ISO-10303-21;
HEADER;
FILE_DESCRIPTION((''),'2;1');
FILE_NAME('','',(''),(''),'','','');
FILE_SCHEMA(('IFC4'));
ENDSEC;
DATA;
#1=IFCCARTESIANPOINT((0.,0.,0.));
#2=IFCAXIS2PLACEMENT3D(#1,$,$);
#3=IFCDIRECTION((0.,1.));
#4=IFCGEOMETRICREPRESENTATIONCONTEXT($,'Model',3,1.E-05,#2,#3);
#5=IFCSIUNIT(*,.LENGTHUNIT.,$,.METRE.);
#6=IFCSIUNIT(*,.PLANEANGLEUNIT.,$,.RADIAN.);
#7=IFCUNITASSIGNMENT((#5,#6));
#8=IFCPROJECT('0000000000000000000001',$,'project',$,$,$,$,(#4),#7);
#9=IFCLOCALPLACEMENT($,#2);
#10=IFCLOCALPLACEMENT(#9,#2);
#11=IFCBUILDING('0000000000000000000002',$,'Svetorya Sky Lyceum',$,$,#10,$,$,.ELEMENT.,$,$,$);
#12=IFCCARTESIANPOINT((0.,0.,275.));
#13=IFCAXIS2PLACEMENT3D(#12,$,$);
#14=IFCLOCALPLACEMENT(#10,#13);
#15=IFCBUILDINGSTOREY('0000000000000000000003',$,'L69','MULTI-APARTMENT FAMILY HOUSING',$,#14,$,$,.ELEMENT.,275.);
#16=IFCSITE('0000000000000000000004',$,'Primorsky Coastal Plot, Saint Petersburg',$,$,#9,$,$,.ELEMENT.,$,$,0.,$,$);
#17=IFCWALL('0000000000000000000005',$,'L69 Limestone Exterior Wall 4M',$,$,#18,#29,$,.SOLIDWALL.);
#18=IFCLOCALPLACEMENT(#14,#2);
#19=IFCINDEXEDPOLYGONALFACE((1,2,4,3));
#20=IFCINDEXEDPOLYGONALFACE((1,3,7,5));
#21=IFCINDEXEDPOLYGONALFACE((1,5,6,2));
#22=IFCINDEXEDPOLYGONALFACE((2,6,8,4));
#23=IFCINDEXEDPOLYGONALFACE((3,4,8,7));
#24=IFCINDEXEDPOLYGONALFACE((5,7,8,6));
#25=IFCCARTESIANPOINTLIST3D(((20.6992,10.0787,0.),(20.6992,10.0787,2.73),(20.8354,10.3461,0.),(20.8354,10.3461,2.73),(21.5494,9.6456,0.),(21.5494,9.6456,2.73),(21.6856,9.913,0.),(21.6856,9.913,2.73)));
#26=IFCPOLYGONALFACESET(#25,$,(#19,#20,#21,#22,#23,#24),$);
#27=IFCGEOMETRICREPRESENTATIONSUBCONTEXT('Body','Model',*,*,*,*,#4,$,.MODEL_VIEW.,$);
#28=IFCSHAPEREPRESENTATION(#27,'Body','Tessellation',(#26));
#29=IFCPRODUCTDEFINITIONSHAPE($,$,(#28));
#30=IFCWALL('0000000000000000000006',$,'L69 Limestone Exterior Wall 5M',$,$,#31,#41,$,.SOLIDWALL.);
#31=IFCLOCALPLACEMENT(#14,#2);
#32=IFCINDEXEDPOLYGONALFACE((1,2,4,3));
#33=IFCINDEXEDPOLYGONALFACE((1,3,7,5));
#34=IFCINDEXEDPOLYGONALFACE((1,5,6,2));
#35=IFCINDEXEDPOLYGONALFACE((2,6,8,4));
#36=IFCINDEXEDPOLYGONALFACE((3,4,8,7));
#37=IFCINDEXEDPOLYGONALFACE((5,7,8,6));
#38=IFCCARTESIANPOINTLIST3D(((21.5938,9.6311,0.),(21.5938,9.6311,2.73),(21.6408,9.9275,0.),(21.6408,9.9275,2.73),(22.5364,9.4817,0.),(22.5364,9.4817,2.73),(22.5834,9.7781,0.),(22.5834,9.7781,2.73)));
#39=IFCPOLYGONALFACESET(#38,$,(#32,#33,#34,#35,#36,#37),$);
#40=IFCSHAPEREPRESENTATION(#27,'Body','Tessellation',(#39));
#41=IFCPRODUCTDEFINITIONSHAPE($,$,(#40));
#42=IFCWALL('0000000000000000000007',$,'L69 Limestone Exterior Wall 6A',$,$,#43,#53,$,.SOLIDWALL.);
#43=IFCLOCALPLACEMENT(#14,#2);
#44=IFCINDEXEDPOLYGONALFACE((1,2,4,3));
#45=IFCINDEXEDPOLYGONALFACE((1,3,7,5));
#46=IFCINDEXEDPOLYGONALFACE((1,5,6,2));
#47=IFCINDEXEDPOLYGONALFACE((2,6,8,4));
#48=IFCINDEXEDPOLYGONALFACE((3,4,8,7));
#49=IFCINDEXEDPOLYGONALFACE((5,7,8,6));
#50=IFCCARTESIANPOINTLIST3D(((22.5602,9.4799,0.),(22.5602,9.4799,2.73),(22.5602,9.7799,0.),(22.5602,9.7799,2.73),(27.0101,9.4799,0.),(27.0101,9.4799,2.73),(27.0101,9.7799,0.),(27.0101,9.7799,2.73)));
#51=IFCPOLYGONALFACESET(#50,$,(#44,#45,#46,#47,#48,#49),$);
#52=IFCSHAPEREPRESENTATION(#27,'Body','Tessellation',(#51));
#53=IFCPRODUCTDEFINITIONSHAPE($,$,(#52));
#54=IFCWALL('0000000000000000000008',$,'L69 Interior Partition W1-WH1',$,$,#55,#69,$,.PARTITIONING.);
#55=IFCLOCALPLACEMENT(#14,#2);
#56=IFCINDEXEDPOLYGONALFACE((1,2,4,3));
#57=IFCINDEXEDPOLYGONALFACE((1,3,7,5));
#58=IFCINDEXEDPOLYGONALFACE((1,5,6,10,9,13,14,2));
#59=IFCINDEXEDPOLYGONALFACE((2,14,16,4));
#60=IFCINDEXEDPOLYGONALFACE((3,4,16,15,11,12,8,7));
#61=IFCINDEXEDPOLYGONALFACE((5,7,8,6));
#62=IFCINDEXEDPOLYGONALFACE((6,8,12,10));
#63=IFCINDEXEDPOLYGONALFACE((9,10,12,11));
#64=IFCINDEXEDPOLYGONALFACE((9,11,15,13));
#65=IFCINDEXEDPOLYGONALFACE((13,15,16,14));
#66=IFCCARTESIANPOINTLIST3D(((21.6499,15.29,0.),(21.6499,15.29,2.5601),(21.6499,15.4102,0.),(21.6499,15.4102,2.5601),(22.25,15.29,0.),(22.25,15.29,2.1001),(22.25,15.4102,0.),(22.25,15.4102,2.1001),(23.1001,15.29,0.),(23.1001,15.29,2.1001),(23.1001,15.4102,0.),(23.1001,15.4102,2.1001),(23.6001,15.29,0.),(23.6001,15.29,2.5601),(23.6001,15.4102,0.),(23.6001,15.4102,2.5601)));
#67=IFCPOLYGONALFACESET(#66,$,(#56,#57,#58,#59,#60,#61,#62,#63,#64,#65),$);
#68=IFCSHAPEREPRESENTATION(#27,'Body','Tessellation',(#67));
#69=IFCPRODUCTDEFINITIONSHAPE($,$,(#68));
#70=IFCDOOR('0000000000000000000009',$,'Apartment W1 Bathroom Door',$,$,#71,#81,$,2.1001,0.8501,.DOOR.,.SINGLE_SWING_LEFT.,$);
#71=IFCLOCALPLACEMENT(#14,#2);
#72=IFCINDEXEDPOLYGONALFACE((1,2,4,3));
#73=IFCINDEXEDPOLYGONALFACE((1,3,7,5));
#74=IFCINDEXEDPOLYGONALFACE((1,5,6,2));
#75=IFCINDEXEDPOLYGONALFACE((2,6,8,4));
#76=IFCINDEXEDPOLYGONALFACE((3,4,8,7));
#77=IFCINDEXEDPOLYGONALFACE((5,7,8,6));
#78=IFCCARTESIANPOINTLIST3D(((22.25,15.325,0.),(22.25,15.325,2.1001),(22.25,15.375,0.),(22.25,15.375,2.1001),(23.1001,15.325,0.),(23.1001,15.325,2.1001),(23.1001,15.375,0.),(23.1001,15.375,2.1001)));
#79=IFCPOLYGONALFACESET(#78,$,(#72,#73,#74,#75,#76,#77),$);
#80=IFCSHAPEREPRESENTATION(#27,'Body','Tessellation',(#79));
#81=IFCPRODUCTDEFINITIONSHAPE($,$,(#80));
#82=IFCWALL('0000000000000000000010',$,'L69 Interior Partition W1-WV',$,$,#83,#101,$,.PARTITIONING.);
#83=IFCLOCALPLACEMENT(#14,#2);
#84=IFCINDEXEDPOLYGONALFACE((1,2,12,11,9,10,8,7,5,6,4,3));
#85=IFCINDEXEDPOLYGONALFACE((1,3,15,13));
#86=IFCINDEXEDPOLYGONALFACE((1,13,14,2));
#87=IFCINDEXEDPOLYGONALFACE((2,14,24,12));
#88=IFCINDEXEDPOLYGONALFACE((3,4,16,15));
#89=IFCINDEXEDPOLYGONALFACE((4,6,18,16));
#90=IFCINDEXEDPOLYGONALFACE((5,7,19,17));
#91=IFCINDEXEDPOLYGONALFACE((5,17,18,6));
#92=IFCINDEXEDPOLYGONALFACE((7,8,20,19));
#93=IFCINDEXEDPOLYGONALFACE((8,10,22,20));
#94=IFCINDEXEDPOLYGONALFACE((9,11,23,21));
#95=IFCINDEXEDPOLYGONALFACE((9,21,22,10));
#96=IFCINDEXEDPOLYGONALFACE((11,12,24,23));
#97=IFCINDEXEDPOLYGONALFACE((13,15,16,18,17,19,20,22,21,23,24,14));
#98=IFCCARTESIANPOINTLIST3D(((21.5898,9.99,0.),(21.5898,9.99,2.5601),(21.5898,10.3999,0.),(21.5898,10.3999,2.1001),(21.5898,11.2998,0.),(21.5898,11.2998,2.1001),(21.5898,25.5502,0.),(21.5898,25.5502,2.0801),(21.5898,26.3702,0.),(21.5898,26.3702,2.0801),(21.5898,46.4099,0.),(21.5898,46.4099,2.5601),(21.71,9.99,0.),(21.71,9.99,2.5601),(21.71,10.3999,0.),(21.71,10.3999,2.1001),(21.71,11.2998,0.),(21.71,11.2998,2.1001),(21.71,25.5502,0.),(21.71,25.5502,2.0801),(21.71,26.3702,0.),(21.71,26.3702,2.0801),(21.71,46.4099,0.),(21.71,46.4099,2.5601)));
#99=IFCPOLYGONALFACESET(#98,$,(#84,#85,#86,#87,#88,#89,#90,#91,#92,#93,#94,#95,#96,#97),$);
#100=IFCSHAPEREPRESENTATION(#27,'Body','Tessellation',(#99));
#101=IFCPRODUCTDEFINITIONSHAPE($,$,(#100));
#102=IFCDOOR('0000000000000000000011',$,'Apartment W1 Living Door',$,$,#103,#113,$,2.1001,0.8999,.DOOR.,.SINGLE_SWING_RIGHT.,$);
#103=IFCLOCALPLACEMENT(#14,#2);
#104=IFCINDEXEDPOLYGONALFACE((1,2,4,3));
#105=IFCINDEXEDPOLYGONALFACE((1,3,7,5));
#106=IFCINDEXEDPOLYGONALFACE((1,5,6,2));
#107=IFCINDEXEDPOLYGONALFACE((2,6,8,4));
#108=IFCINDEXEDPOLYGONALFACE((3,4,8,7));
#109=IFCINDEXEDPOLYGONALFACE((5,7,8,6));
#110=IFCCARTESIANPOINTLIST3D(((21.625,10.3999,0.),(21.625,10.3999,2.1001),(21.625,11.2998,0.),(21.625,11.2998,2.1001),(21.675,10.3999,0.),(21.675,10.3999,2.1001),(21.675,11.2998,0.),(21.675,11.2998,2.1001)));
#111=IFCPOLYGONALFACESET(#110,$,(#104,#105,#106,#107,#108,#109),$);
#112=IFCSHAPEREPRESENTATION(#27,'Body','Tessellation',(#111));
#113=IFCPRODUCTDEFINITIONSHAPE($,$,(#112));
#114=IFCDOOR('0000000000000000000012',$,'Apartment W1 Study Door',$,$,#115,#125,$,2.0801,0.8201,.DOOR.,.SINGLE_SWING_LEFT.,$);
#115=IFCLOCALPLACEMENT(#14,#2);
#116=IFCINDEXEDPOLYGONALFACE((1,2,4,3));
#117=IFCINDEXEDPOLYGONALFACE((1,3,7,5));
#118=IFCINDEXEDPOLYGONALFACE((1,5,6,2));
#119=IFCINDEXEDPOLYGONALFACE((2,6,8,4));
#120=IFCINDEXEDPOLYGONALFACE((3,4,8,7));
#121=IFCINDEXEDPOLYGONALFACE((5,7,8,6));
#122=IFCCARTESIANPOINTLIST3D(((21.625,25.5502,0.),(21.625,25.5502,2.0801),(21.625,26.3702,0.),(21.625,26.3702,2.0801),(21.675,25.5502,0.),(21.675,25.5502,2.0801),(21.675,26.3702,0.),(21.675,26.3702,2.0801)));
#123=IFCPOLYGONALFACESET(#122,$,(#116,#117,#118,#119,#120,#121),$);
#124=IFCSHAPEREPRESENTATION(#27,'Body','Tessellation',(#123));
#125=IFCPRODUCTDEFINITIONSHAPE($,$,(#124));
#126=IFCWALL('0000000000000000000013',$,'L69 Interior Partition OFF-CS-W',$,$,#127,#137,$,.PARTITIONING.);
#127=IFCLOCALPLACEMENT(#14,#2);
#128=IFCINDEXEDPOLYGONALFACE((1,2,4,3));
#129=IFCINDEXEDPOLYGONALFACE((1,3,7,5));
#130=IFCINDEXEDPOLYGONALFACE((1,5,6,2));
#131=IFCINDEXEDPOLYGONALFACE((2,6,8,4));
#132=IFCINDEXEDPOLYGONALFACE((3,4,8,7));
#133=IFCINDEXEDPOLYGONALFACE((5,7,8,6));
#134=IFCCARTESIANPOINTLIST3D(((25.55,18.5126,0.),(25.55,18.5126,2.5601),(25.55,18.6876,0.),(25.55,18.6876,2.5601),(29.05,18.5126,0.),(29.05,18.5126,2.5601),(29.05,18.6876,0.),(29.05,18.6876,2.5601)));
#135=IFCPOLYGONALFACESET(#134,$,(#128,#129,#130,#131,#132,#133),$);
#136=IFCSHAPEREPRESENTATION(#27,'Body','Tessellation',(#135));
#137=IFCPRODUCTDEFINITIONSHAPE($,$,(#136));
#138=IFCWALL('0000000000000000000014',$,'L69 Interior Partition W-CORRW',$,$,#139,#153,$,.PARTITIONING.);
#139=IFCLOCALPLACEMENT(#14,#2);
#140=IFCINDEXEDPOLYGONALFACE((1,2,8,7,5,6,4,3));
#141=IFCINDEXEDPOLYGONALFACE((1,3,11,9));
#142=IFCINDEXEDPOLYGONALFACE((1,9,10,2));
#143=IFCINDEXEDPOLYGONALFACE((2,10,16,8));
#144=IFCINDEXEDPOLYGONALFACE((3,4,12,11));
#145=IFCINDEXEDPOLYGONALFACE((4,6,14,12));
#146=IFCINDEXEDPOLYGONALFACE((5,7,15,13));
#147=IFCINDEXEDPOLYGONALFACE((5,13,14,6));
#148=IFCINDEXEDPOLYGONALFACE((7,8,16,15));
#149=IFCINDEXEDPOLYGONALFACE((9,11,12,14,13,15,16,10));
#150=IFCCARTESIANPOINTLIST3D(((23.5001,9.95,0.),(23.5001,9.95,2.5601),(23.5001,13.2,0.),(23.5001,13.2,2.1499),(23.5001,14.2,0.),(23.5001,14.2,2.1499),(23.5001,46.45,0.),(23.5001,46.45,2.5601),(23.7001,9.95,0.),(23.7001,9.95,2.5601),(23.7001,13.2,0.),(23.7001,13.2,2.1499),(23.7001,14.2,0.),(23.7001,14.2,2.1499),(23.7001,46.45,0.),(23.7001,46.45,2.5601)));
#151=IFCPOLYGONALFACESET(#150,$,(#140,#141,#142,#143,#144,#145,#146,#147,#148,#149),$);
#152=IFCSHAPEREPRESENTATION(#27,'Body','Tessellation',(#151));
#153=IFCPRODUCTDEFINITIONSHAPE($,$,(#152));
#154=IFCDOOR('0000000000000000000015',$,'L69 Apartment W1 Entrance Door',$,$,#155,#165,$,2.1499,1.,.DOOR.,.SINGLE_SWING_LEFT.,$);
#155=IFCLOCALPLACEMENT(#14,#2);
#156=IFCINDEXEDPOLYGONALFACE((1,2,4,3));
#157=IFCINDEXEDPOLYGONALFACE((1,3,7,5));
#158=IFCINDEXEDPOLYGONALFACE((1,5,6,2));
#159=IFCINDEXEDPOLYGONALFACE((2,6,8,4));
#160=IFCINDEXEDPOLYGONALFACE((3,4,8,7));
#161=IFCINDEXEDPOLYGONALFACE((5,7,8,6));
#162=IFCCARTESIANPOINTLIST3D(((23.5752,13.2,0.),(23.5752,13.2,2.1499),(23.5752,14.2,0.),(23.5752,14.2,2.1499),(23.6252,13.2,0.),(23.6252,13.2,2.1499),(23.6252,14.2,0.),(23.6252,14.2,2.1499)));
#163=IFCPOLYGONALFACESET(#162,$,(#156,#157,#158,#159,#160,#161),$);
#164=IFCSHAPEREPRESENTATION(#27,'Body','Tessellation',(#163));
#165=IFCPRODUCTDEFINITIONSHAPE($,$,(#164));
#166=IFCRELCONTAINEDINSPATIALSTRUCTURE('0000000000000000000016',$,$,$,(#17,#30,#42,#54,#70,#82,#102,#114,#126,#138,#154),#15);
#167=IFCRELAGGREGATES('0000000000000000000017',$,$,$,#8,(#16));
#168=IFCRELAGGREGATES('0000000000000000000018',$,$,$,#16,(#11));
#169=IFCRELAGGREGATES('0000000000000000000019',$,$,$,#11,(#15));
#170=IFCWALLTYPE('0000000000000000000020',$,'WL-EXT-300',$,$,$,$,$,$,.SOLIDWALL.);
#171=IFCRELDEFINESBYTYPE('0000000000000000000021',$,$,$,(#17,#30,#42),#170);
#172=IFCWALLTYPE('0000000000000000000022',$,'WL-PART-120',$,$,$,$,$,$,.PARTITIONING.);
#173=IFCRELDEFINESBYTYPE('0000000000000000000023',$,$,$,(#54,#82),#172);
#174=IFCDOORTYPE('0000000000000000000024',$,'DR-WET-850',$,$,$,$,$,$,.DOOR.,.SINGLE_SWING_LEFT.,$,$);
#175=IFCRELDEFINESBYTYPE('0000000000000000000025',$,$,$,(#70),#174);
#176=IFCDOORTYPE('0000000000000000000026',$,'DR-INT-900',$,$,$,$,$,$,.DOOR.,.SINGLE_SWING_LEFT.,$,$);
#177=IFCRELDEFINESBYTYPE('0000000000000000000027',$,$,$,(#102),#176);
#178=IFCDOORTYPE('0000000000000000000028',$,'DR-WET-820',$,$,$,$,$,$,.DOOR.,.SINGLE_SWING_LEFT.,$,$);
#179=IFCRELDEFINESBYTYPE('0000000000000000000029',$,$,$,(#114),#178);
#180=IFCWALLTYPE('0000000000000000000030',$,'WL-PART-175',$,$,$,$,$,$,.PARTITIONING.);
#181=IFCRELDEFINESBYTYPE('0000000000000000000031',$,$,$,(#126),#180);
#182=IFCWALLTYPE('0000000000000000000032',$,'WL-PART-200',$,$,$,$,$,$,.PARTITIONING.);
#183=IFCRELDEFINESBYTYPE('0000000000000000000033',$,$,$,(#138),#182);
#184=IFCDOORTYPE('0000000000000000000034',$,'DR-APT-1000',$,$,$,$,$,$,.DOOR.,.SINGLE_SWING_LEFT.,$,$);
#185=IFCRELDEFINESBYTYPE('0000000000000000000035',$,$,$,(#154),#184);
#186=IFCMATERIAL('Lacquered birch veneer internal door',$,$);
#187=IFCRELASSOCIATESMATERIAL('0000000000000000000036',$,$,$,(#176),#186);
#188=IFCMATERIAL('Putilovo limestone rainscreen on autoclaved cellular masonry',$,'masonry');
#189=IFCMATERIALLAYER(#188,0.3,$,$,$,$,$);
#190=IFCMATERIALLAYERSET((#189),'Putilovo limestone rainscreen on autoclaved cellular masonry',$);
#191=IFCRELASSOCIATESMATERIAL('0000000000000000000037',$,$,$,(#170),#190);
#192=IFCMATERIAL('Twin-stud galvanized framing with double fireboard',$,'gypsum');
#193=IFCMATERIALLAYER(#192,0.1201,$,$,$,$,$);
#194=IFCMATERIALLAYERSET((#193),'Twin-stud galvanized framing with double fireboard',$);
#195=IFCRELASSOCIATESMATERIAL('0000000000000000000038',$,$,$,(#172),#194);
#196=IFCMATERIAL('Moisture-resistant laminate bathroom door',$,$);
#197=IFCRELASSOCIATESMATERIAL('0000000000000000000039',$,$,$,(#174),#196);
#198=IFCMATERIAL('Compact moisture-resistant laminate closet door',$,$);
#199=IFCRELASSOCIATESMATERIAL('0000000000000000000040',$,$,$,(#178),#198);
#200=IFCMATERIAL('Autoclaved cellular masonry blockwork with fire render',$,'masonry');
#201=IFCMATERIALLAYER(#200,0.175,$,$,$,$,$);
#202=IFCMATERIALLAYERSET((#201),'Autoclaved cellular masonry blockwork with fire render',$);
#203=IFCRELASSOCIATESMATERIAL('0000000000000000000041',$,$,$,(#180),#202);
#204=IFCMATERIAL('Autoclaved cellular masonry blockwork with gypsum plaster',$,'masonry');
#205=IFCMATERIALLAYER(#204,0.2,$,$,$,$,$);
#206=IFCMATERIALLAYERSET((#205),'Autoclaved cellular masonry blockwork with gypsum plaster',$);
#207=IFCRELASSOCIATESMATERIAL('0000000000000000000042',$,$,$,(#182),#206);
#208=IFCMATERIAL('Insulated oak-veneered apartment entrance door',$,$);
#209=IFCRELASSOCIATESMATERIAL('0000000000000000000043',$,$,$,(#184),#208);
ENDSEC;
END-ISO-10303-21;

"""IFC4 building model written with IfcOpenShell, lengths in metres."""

from ifc_helpers import new_model, si_unit, direction, frame, frame_2d, origin, place, context, subcontext, project, spatial, rectangle, extrude, material, layer, layer_set, type_object, element, fill, save


model = new_model("IFC4")

# Units and contexts
model_context = context("Model", 3, precision=1e-05, world=origin(), true_north=direction((0.0, 1.0)))
body_context = subcontext(model_context, "Body", "Model", "MODEL_VIEW")
ifc_project = project(units=[si_unit("LENGTHUNIT", "METRE"), si_unit("PLANEANGLEUNIT", "RADIAN")], contexts=[model_context])

# Site, building, storey
site_placement = place(None, origin())
site = spatial("IfcSite", under=ifc_project, at=site_placement, Name="Primorsky Coastal Plot, Saint Petersburg", CompositionType="ELEMENT", RefElevation=0.0)
building_placement = place(site_placement, origin())
building = spatial("IfcBuilding", under=site, at=building_placement, Name="Svetorya Sky Lyceum", CompositionType="ELEMENT")
storey_placement = place(building_placement, frame((0.0, 0.0, 275.0)))
storey = spatial("IfcBuildingStorey", under=building, at=storey_placement, Name="L69", Description="MULTI-APARTMENT FAMILY HOUSING", CompositionType="ELEMENT", Elevation=275.0)

# Shared definitions
ifc_material_1 = material(Name="Lacquered birch veneer internal door")
door_type_1 = type_object("IfcDoorType", Name="DR-INT-900", OperationType="SINGLE_SWING_LEFT", PredefinedType="DOOR", material=ifc_material_1)

# Walls
ifc_material_2 = material(Name="Putilovo limestone rainscreen on autoclaved cellular masonry", Category="masonry")
ifc_layer_1 = layer(ifc_material_2, 0.3)
ifc_layer_set_1 = layer_set([ifc_layer_1], Name="Putilovo limestone rainscreen on autoclaved cellular masonry")
wall_type_1 = type_object("IfcWallType", Name="WL-EXT-300", PredefinedType="SOLIDWALL", material=ifc_layer_set_1)
wall_1_placement = place(storey_placement, frame((20.7673, 10.2124, 0.0), z_axis=(0.0, 0.0, 1.0), x_axis=(0.891024, -0.453956, 0.0)))
element("IfcWall", 1, at=wall_1_placement, inside=storey, type_object=wall_type_1, Name="L69 Limestone Exterior Wall 4M", PredefinedType="SOLIDWALL", context=body_context, shape_type="SweptSolid", body=[
    extrude(rectangle(XDim=0.9541, YDim=0.3, at=frame_2d((0.4771, 0.0))), origin(), (0.0, 0.0, 1.0), 2.73),
])
wall_2_placement = place(storey_placement, frame((21.6174, 9.7793, 0.0), z_axis=(0.0, 0.0, 1.0), x_axis=(0.987669, -0.156554, 0.0)))
element("IfcWall", 2, at=wall_2_placement, inside=storey, type_object=wall_type_1, Name="L69 Limestone Exterior Wall 5M", PredefinedType="SOLIDWALL", context=body_context, shape_type="SweptSolid", body=[
    extrude(rectangle(XDim=0.9543, YDim=0.3, at=frame_2d((0.4771, 0.0))), origin(), (0.0, 0.0, 1.0), 2.73),
])
wall_3_placement = place(storey_placement, frame((22.5601, 9.6299, 0.0), z_axis=(0.0, 0.0, 1.0), x_axis=(1.0, 0.0, 0.0)))
element("IfcWall", 3, at=wall_3_placement, inside=storey, type_object=wall_type_1, Name="L69 Limestone Exterior Wall 6A", PredefinedType="SOLIDWALL", context=body_context, shape_type="SweptSolid", body=[
    extrude(rectangle(XDim=4.45, YDim=0.3, at=frame_2d((2.2251, 0.0))), origin(), (0.0, 0.0, 1.0), 2.73),
])

# Wall, opening, door
ifc_material_3 = material(Name="Twin-stud galvanized framing with double fireboard", Category="gypsum")
ifc_layer_2 = layer(ifc_material_3, 0.1201)
ifc_layer_set_2 = layer_set([ifc_layer_2], Name="Twin-stud galvanized framing with double fireboard")
wall_type_2 = type_object("IfcWallType", Name="WL-PART-120", PredefinedType="PARTITIONING", material=ifc_layer_set_2)
wall_4_placement = place(storey_placement, frame((21.6499, 15.3501, 0.0), z_axis=(0.0, 0.0, 1.0), x_axis=(1.0, 0.0, 0.0)))
wall_4 = element("IfcWall", 4, at=wall_4_placement, inside=storey, type_object=wall_type_2, Name="L69 Interior Partition W1-WH1", PredefinedType="PARTITIONING", context=body_context, shape_type="SweptSolid", body=[
    extrude(rectangle(XDim=1.9502, YDim=0.1201, at=frame_2d((0.9751, 0.0))), origin(), (0.0, 0.0, 1.0), 2.5601),
])
opening_1_placement = place(wall_4_placement, frame((0.6001, 0.0, 0.0)))
opening_1 = element("IfcOpeningElement", 5, at=opening_1_placement, cuts=wall_4, PredefinedType="OPENING", context=body_context, shape_type="SweptSolid", body=[
    extrude(rectangle(XDim=0.8501, YDim=2.1001, at=frame_2d((0.425, 1.05))), frame((0.0, 0.0701, 0.0), z_axis=(0.0, -1.0, 0.0), x_axis=(1.0, 0.0, 0.0)), (0.0, 0.0, 1.0), 0.1401),
])
ifc_material_4 = material(Name="Moisture-resistant laminate bathroom door")
door_type_2 = type_object("IfcDoorType", Name="DR-WET-850", OperationType="SINGLE_SWING_LEFT", PredefinedType="DOOR", material=ifc_material_4)
door_1_placement = place(opening_1_placement, origin())
door_1 = element("IfcDoor", 6, at=door_1_placement, inside=storey, type_object=door_type_2, Name="Apartment W1 Bathroom Door", OperationType="SINGLE_SWING_LEFT", OverallHeight=2.1001, OverallWidth=0.8501, PredefinedType="DOOR", context=body_context, shape_type="SweptSolid", body=[
    extrude(rectangle(XDim=0.8501, YDim=2.1001, at=frame_2d((0.425, 1.05))), frame((0.0, 0.0249, 0.0), z_axis=(0.0, -1.0, 0.0), x_axis=(1.0, 0.0, 0.0)), (0.0, 0.0, 1.0), 0.05),
])
fill(opening_1, door_1)

# Wall, openings, doors
wall_5_placement = place(storey_placement, frame((21.6499, 9.99, 0.0), z_axis=(0.0, 0.0, 1.0), x_axis=(0.0, 1.0, 0.0)))
wall_5 = element("IfcWall", 7, at=wall_5_placement, inside=storey, type_object=wall_type_2, Name="L69 Interior Partition W1-WV", PredefinedType="PARTITIONING", context=body_context, shape_type="SweptSolid", body=[
    extrude(rectangle(XDim=36.4199, YDim=0.1201, at=frame_2d((18.21, 0.0))), origin(), (0.0, 0.0, 1.0), 2.5601),
])
opening_2_placement = place(wall_5_placement, frame((0.4099, 0.0, 0.0)))
opening_2 = element("IfcOpeningElement", 8, at=opening_2_placement, cuts=wall_5, PredefinedType="OPENING", context=body_context, shape_type="SweptSolid", body=[
    extrude(rectangle(XDim=0.8999, YDim=2.1001, at=frame_2d((0.45, 1.05))), frame((0.0, 0.0701, 0.0), z_axis=(0.0, -1.0, 0.0), x_axis=(1.0, 0.0, 0.0)), (0.0, 0.0, 1.0), 0.1401),
])
opening_3_placement = place(wall_5_placement, frame((15.5601, 0.0, 0.0)))
opening_3 = element("IfcOpeningElement", 9, at=opening_3_placement, cuts=wall_5, PredefinedType="OPENING", context=body_context, shape_type="SweptSolid", body=[
    extrude(rectangle(XDim=0.8201, YDim=2.0801, at=frame_2d((0.4102, 1.04))), frame((0.0, 0.0701, 0.0), z_axis=(0.0, -1.0, 0.0), x_axis=(1.0, 0.0, 0.0)), (0.0, 0.0, 1.0), 0.1401),
])
door_2_placement = place(opening_2_placement, origin())
door_2 = element("IfcDoor", 10, at=door_2_placement, inside=storey, type_object=door_type_1, Name="Apartment W1 Living Door", OperationType="SINGLE_SWING_RIGHT", OverallHeight=2.1001, OverallWidth=0.8999, PredefinedType="DOOR", context=body_context, shape_type="SweptSolid", body=[
    extrude(rectangle(XDim=0.8999, YDim=2.1001, at=frame_2d((0.45, 1.05))), frame((0.0, 0.0249, 0.0), z_axis=(0.0, -1.0, 0.0), x_axis=(1.0, 0.0, 0.0)), (0.0, 0.0, 1.0), 0.05),
])
fill(opening_2, door_2)
ifc_material_5 = material(Name="Compact moisture-resistant laminate closet door")
door_type_3 = type_object("IfcDoorType", Name="DR-WET-820", OperationType="SINGLE_SWING_LEFT", PredefinedType="DOOR", material=ifc_material_5)
door_3_placement = place(opening_3_placement, origin())
door_3 = element("IfcDoor", 11, at=door_3_placement, inside=storey, type_object=door_type_3, Name="Apartment W1 Study Door", OperationType="SINGLE_SWING_LEFT", OverallHeight=2.0801, OverallWidth=0.8201, PredefinedType="DOOR", context=body_context, shape_type="SweptSolid", body=[
    extrude(rectangle(XDim=0.8201, YDim=2.0801, at=frame_2d((0.4102, 1.04))), frame((0.0, 0.0249, 0.0), z_axis=(0.0, -1.0, 0.0), x_axis=(1.0, 0.0, 0.0)), (0.0, 0.0, 1.0), 0.05),
])
fill(opening_3, door_3)

# Wall
ifc_material_6 = material(Name="Autoclaved cellular masonry blockwork with fire render", Category="masonry")
ifc_layer_3 = layer(ifc_material_6, 0.175)
ifc_layer_set_3 = layer_set([ifc_layer_3], Name="Autoclaved cellular masonry blockwork with fire render")
wall_type_3 = type_object("IfcWallType", Name="WL-PART-175", PredefinedType="PARTITIONING", material=ifc_layer_set_3)
wall_6_placement = place(storey_placement, frame((25.55, 18.6001, 0.0), z_axis=(0.0, 0.0, 1.0), x_axis=(1.0, 0.0, 0.0)))
element("IfcWall", 12, at=wall_6_placement, inside=storey, type_object=wall_type_3, Name="L69 Interior Partition OFF-CS-W", PredefinedType="PARTITIONING", context=body_context, shape_type="SweptSolid", body=[
    extrude(rectangle(XDim=3.5, YDim=0.175, at=frame_2d((1.75, 0.0))), origin(), (0.0, 0.0, 1.0), 2.5601),
])

# Wall, opening, door
ifc_material_7 = material(Name="Autoclaved cellular masonry blockwork with gypsum plaster", Category="masonry")
ifc_layer_4 = layer(ifc_material_7, 0.2)
ifc_layer_set_4 = layer_set([ifc_layer_4], Name="Autoclaved cellular masonry blockwork with gypsum plaster")
wall_type_4 = type_object("IfcWallType", Name="WL-PART-200", PredefinedType="PARTITIONING", material=ifc_layer_set_4)
wall_7_placement = place(storey_placement, frame((23.6001, 9.95, 0.0), z_axis=(0.0, 0.0, 1.0), x_axis=(0.0, 1.0, 0.0)))
wall_7 = element("IfcWall", 13, at=wall_7_placement, inside=storey, type_object=wall_type_4, Name="L69 Interior Partition W-CORRW", PredefinedType="PARTITIONING", context=body_context, shape_type="SweptSolid", body=[
    extrude(rectangle(XDim=36.5, YDim=0.2, at=frame_2d((18.25, 0.0))), origin(), (0.0, 0.0, 1.0), 2.5601),
])
opening_4_placement = place(wall_7_placement, frame((3.25, 0.0, 0.0)))
opening_4 = element("IfcOpeningElement", 14, at=opening_4_placement, cuts=wall_7, PredefinedType="OPENING", context=body_context, shape_type="SweptSolid", body=[
    extrude(rectangle(XDim=1.0, YDim=2.1499, at=frame_2d((0.5, 1.075))), frame((0.0, 0.1099, 0.0), z_axis=(0.0, -1.0, 0.0), x_axis=(1.0, 0.0, 0.0)), (0.0, 0.0, 1.0), 0.22),
])
ifc_material_8 = material(Name="Insulated oak-veneered apartment entrance door")
door_type_4 = type_object("IfcDoorType", Name="DR-APT-1000", OperationType="SINGLE_SWING_LEFT", PredefinedType="DOOR", material=ifc_material_8)
door_4_placement = place(opening_4_placement, origin())
door_4 = element("IfcDoor", 15, at=door_4_placement, inside=storey, type_object=door_type_4, Name="L69 Apartment W1 Entrance Door", OperationType="SINGLE_SWING_LEFT", OverallHeight=2.1499, OverallWidth=1.0, PredefinedType="DOOR", context=body_context, shape_type="SweptSolid", body=[
    extrude(rectangle(XDim=1.0, YDim=2.1499, at=frame_2d((0.5, 1.075))), frame((0.0, 0.0249, 0.0), z_axis=(0.0, -1.0, 0.0), x_axis=(1.0, 0.0, 0.0)), (0.0, 0.0, 1.0), 0.05),
])
fill(opening_4, door_4)

save(model, "model.ifc")
